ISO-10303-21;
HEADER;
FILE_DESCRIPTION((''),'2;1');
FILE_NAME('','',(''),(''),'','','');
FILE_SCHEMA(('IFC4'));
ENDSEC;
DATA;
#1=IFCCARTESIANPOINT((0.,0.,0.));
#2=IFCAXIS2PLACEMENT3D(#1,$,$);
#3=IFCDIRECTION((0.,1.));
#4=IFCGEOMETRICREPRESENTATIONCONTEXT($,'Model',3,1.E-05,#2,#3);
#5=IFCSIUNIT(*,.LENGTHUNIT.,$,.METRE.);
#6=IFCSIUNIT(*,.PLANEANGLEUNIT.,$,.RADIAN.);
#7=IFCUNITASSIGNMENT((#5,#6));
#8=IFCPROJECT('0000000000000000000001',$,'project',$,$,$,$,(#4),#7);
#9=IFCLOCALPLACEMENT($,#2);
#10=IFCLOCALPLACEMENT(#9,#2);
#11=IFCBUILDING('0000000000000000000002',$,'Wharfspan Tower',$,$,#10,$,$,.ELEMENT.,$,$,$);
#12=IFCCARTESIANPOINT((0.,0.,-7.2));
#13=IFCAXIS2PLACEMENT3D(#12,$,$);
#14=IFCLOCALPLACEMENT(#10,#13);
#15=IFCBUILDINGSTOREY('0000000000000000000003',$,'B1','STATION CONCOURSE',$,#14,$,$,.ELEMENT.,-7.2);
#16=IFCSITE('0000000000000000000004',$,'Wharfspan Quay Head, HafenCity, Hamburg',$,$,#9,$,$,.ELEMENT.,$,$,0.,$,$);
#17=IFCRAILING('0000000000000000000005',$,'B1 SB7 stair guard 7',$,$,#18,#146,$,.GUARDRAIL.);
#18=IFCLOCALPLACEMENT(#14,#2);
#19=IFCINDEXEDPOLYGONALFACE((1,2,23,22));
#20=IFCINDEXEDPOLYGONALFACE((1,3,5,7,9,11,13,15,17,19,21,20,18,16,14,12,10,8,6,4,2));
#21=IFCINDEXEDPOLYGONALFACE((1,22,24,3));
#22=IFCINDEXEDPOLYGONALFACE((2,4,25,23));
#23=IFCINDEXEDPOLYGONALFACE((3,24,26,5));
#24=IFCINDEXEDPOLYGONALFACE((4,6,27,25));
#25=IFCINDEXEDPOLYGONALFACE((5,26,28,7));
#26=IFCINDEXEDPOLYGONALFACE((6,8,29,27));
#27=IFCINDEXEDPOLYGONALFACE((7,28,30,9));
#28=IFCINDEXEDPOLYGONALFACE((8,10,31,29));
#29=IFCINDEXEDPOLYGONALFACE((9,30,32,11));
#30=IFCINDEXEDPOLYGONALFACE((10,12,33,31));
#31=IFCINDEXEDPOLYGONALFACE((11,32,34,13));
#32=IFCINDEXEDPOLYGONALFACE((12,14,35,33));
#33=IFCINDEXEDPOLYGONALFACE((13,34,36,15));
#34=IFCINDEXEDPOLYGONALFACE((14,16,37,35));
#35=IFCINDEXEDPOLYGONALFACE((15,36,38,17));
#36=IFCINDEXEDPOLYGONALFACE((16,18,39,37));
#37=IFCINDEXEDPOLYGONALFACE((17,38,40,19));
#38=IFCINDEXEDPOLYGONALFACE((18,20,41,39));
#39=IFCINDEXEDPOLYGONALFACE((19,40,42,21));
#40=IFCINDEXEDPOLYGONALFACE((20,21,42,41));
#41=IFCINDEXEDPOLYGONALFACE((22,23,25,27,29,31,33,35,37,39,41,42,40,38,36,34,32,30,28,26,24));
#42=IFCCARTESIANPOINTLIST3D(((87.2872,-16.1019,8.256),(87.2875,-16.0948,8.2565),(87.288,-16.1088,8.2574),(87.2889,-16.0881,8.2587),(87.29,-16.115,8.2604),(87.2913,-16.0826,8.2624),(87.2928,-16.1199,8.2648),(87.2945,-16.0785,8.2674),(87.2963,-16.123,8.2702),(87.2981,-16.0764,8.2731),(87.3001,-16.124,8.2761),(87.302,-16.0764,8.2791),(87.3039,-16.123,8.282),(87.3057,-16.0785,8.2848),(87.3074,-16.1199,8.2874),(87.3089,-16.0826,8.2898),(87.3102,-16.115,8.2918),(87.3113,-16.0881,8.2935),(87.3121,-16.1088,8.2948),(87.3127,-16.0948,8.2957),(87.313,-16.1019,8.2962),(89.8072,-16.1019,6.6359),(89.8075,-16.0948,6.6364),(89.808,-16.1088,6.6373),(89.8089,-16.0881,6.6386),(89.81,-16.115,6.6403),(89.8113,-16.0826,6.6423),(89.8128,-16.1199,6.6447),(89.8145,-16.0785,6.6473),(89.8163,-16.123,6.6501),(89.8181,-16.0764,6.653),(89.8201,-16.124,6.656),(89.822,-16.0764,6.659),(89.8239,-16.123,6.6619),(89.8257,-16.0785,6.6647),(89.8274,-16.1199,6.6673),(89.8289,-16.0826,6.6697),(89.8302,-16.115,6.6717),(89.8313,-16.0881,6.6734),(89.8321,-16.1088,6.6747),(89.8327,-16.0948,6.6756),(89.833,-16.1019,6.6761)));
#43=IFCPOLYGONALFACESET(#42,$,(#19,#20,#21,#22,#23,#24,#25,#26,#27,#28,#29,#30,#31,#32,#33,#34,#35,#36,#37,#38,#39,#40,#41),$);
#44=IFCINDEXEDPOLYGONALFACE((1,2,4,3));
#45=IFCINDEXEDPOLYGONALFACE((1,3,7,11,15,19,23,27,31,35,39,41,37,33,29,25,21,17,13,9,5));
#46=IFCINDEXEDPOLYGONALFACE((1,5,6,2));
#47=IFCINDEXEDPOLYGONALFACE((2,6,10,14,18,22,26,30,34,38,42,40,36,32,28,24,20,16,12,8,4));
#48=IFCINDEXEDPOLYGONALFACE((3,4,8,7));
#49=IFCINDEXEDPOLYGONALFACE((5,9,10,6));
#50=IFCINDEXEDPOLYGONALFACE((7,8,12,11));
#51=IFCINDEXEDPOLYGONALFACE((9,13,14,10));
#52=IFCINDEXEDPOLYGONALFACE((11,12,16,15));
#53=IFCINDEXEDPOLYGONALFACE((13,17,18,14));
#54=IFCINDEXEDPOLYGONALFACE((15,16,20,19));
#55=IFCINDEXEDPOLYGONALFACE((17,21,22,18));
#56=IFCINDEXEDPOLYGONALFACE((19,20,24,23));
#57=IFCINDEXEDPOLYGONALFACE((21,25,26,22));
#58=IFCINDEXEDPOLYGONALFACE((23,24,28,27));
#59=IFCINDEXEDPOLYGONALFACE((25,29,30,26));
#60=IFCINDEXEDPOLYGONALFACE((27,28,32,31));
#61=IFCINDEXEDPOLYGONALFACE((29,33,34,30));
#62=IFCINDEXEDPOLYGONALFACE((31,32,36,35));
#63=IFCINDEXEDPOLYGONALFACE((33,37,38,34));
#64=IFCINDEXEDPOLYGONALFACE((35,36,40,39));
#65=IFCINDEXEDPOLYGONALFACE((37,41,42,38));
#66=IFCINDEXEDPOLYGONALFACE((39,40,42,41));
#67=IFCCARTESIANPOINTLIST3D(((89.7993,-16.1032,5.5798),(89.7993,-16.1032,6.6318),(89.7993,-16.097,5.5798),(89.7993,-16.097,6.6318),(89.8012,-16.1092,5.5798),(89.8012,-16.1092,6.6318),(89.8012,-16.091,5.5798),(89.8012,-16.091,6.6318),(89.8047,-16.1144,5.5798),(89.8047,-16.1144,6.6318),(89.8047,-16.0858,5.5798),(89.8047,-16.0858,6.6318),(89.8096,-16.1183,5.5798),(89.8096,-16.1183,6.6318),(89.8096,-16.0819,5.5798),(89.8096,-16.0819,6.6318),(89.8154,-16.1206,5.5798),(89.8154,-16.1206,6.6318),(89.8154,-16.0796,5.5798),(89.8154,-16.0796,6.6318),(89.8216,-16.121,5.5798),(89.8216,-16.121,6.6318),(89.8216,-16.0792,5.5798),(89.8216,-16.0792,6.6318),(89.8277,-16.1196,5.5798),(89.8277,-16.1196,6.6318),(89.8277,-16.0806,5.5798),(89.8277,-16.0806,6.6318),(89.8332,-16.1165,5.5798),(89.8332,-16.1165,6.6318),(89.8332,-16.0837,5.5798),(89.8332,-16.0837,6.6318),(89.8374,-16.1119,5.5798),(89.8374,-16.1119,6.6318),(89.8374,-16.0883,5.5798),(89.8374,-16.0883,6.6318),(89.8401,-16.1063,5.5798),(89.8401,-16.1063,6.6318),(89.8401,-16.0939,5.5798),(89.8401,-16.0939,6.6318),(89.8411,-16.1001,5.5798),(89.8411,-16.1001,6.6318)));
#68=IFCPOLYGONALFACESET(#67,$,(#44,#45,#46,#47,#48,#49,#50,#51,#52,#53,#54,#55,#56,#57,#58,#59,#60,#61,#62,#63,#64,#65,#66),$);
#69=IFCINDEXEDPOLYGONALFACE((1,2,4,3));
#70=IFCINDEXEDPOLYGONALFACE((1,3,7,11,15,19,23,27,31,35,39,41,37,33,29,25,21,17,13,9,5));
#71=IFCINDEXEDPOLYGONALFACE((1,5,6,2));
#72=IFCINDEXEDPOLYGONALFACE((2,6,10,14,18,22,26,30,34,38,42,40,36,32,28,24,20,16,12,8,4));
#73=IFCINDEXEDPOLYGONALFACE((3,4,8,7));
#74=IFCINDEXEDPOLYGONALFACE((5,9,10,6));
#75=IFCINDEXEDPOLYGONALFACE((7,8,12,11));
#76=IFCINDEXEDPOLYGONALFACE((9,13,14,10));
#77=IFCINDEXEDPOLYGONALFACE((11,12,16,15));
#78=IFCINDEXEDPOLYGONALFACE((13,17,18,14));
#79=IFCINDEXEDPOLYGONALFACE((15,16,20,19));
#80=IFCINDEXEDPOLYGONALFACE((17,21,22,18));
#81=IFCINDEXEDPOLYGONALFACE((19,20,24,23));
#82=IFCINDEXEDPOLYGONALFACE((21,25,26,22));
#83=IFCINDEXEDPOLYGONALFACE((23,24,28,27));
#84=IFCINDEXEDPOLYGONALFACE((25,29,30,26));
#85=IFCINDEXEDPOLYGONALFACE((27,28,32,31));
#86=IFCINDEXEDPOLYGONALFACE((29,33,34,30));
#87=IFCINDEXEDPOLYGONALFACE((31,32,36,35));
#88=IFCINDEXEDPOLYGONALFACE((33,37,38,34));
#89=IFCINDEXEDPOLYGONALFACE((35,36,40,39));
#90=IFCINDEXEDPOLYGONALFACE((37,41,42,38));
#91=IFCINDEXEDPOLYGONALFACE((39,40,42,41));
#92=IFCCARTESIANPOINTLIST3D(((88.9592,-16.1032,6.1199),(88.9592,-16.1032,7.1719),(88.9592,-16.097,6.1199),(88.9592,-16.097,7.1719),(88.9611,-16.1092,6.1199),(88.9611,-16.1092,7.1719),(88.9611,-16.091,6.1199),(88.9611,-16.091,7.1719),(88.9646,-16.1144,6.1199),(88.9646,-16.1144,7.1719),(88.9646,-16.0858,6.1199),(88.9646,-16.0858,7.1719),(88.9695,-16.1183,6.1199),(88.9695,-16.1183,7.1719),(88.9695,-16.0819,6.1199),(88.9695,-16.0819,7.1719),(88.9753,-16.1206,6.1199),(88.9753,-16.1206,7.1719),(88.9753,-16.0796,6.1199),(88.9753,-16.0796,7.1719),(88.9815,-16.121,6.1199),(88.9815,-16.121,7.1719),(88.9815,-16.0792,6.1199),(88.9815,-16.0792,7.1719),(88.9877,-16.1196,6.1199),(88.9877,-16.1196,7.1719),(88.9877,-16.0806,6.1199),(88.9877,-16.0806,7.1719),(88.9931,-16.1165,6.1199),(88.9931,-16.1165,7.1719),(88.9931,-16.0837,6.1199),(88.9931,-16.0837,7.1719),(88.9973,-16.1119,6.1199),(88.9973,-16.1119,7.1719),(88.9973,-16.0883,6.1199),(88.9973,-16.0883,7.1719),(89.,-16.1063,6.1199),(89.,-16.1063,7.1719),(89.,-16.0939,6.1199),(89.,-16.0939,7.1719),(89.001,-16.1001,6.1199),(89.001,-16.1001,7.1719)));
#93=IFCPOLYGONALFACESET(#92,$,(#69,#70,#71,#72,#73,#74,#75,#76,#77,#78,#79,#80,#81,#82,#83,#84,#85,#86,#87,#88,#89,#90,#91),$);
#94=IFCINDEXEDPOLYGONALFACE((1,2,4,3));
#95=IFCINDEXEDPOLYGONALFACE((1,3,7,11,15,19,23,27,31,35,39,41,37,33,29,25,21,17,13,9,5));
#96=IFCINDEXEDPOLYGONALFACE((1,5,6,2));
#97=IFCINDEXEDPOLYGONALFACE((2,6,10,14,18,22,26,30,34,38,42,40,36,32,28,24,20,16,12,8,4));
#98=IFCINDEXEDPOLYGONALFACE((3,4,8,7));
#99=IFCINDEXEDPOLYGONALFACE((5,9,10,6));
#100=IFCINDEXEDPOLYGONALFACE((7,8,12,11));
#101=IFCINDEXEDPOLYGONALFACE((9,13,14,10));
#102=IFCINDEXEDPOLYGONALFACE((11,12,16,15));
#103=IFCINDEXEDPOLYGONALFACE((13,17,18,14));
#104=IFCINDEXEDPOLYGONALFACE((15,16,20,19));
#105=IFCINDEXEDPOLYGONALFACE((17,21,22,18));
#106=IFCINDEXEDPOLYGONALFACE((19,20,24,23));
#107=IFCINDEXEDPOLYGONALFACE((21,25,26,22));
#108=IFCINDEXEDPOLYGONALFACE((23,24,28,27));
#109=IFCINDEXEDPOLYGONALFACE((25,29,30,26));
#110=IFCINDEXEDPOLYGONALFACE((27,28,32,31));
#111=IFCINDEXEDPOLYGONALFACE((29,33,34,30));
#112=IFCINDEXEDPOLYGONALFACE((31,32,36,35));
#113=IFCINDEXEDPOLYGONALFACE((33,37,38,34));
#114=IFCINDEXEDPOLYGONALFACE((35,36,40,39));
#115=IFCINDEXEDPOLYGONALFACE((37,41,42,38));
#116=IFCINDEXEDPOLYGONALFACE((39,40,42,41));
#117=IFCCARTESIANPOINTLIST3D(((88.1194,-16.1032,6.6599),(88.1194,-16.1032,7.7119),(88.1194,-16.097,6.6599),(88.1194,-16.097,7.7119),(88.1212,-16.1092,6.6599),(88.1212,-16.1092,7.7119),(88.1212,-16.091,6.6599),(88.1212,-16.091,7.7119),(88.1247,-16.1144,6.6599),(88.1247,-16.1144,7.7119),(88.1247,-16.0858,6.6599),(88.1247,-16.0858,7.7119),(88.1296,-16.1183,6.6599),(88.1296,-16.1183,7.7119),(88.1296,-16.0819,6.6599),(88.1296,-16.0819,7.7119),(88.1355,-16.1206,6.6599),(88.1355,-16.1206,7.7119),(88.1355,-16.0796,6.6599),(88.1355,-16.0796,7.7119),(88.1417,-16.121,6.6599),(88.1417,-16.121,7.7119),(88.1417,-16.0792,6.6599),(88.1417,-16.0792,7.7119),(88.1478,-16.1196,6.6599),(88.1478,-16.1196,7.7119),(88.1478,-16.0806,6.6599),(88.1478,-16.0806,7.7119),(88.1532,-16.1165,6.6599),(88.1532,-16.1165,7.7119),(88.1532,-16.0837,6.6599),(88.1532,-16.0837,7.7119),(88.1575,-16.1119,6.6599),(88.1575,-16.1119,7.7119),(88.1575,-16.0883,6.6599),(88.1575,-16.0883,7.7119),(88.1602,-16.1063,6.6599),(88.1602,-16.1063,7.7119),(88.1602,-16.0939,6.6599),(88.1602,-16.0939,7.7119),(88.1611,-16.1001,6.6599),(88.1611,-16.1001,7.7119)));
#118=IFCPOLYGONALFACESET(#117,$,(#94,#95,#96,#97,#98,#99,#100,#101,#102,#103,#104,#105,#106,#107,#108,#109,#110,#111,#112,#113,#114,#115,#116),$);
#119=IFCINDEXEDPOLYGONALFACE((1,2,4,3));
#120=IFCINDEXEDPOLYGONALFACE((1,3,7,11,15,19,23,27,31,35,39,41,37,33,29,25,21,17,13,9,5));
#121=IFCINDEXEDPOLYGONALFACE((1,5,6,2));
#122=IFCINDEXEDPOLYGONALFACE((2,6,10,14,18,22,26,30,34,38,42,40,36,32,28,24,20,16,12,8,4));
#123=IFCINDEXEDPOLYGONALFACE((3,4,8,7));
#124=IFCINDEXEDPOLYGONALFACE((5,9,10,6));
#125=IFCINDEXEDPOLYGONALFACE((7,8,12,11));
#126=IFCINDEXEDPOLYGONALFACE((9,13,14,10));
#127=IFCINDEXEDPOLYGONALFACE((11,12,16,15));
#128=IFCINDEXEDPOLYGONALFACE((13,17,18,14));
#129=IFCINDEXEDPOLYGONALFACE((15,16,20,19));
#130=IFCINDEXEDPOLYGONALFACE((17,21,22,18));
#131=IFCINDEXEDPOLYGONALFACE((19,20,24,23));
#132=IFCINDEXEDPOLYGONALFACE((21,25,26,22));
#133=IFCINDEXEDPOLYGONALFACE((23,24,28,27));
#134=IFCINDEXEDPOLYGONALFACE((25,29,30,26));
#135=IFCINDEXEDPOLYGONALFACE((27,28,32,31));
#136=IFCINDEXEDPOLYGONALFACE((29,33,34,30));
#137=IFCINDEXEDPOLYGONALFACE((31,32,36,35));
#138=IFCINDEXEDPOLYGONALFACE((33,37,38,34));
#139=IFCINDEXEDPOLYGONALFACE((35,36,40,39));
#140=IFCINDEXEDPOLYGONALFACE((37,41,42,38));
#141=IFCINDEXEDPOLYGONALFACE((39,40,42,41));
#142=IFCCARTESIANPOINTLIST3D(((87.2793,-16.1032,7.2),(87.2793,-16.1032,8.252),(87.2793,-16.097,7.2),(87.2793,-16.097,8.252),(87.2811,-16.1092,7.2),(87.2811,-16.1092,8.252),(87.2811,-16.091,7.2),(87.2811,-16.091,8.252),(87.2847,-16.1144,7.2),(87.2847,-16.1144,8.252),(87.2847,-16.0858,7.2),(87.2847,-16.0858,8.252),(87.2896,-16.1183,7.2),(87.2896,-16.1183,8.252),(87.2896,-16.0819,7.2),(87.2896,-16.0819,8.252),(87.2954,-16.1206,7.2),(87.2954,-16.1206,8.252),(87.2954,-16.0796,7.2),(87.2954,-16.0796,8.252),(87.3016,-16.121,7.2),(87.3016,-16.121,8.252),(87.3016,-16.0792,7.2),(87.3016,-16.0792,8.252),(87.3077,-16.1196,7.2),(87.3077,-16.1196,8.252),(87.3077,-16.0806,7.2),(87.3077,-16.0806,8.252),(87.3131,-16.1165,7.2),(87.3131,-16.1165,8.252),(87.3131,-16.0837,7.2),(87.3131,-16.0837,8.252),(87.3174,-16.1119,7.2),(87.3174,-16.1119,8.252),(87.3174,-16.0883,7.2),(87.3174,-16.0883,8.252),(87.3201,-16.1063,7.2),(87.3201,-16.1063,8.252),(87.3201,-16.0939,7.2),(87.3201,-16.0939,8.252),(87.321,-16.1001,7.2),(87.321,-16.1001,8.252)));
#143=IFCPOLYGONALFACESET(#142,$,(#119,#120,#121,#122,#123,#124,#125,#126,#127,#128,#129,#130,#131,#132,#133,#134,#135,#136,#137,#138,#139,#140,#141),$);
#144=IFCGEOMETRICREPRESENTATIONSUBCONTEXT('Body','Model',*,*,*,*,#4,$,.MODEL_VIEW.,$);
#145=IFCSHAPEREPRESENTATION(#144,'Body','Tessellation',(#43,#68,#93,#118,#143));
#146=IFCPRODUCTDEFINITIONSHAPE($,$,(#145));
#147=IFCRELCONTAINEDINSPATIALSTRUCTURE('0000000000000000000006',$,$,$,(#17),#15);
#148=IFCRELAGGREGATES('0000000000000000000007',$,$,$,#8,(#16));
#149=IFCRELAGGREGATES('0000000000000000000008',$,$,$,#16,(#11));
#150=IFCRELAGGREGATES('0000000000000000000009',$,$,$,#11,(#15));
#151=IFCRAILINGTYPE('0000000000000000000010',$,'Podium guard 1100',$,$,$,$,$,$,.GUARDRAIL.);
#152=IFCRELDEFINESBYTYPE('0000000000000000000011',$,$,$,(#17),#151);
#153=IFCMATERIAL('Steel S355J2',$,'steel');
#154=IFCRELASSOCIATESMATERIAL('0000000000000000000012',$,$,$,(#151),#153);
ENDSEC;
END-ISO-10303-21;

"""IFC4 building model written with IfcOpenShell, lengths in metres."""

from ifc_helpers import new_model, si_unit, direction, frame, origin, origin_2d, place, context, subcontext, project, spatial, circle, extrude, material, type_object, element, save


model = new_model("IFC4")

# Units and contexts
model_context = context("Model", 3, precision=1e-05, world=origin(), true_north=direction((0.0, 1.0)))
body_context = subcontext(model_context, "Body", "Model", "MODEL_VIEW")
ifc_project = project(units=[si_unit("LENGTHUNIT", "METRE"), si_unit("PLANEANGLEUNIT", "RADIAN")], contexts=[model_context])

# Site, building, storey
site_placement = place(None, origin())
site = spatial("IfcSite", under=ifc_project, at=site_placement, Name="Wharfspan Quay Head, HafenCity, Hamburg", CompositionType="ELEMENT", RefElevation=0.0)
building_placement = place(site_placement, origin())
building = spatial("IfcBuilding", under=site, at=building_placement, Name="Wharfspan Tower", CompositionType="ELEMENT")
storey_placement = place(building_placement, frame((0.0, 0.0, -7.2)))
storey = spatial("IfcBuildingStorey", under=building, at=storey_placement, Name="B1", Description="STATION CONCOURSE", CompositionType="ELEMENT", Elevation=-7.2)

# Railing
ifc_material_1 = material(Name="Steel S355J2", Category="steel")
railing_type_1 = type_object("IfcRailingType", Name="Podium guard 1100", PredefinedType="GUARDRAIL", material=ifc_material_1)
railing_1_placement = place(storey_placement, frame((89.8201, -16.1001, 5.5798)))
element("IfcRailing", 1, at=railing_1_placement, inside=storey, type_object=railing_type_1, Name="B1 SB7 stair guard 7", PredefinedType="GUARDRAIL", context=body_context, shape_type="SweptSolid", body=[
    extrude(circle(Radius=0.0239, at=origin_2d()), frame((0.0, 0.0, 1.0762), z_axis=(-0.841163, 0.0, 0.540782), x_axis=(0.0, -1.0, 0.0)), (0.0, 0.0, 1.0), 2.9958),
    extrude(circle(Radius=0.021, at=origin_2d()), origin(), (0.0, 0.0, 1.0), 1.052),
    extrude(circle(Radius=0.021, at=origin_2d()), frame((-0.8401, 0.0, 0.54)), (0.0, 0.0, 1.0), 1.052),
    extrude(circle(Radius=0.021, at=origin_2d()), frame((-1.6799, 0.0, 1.0801)), (0.0, 0.0, 1.0), 1.052),
    extrude(circle(Radius=0.021, at=origin_2d()), frame((-2.52, 0.0, 1.6201)), (0.0, 0.0, 1.0), 1.052),
])

save(model, "model.ifc")
